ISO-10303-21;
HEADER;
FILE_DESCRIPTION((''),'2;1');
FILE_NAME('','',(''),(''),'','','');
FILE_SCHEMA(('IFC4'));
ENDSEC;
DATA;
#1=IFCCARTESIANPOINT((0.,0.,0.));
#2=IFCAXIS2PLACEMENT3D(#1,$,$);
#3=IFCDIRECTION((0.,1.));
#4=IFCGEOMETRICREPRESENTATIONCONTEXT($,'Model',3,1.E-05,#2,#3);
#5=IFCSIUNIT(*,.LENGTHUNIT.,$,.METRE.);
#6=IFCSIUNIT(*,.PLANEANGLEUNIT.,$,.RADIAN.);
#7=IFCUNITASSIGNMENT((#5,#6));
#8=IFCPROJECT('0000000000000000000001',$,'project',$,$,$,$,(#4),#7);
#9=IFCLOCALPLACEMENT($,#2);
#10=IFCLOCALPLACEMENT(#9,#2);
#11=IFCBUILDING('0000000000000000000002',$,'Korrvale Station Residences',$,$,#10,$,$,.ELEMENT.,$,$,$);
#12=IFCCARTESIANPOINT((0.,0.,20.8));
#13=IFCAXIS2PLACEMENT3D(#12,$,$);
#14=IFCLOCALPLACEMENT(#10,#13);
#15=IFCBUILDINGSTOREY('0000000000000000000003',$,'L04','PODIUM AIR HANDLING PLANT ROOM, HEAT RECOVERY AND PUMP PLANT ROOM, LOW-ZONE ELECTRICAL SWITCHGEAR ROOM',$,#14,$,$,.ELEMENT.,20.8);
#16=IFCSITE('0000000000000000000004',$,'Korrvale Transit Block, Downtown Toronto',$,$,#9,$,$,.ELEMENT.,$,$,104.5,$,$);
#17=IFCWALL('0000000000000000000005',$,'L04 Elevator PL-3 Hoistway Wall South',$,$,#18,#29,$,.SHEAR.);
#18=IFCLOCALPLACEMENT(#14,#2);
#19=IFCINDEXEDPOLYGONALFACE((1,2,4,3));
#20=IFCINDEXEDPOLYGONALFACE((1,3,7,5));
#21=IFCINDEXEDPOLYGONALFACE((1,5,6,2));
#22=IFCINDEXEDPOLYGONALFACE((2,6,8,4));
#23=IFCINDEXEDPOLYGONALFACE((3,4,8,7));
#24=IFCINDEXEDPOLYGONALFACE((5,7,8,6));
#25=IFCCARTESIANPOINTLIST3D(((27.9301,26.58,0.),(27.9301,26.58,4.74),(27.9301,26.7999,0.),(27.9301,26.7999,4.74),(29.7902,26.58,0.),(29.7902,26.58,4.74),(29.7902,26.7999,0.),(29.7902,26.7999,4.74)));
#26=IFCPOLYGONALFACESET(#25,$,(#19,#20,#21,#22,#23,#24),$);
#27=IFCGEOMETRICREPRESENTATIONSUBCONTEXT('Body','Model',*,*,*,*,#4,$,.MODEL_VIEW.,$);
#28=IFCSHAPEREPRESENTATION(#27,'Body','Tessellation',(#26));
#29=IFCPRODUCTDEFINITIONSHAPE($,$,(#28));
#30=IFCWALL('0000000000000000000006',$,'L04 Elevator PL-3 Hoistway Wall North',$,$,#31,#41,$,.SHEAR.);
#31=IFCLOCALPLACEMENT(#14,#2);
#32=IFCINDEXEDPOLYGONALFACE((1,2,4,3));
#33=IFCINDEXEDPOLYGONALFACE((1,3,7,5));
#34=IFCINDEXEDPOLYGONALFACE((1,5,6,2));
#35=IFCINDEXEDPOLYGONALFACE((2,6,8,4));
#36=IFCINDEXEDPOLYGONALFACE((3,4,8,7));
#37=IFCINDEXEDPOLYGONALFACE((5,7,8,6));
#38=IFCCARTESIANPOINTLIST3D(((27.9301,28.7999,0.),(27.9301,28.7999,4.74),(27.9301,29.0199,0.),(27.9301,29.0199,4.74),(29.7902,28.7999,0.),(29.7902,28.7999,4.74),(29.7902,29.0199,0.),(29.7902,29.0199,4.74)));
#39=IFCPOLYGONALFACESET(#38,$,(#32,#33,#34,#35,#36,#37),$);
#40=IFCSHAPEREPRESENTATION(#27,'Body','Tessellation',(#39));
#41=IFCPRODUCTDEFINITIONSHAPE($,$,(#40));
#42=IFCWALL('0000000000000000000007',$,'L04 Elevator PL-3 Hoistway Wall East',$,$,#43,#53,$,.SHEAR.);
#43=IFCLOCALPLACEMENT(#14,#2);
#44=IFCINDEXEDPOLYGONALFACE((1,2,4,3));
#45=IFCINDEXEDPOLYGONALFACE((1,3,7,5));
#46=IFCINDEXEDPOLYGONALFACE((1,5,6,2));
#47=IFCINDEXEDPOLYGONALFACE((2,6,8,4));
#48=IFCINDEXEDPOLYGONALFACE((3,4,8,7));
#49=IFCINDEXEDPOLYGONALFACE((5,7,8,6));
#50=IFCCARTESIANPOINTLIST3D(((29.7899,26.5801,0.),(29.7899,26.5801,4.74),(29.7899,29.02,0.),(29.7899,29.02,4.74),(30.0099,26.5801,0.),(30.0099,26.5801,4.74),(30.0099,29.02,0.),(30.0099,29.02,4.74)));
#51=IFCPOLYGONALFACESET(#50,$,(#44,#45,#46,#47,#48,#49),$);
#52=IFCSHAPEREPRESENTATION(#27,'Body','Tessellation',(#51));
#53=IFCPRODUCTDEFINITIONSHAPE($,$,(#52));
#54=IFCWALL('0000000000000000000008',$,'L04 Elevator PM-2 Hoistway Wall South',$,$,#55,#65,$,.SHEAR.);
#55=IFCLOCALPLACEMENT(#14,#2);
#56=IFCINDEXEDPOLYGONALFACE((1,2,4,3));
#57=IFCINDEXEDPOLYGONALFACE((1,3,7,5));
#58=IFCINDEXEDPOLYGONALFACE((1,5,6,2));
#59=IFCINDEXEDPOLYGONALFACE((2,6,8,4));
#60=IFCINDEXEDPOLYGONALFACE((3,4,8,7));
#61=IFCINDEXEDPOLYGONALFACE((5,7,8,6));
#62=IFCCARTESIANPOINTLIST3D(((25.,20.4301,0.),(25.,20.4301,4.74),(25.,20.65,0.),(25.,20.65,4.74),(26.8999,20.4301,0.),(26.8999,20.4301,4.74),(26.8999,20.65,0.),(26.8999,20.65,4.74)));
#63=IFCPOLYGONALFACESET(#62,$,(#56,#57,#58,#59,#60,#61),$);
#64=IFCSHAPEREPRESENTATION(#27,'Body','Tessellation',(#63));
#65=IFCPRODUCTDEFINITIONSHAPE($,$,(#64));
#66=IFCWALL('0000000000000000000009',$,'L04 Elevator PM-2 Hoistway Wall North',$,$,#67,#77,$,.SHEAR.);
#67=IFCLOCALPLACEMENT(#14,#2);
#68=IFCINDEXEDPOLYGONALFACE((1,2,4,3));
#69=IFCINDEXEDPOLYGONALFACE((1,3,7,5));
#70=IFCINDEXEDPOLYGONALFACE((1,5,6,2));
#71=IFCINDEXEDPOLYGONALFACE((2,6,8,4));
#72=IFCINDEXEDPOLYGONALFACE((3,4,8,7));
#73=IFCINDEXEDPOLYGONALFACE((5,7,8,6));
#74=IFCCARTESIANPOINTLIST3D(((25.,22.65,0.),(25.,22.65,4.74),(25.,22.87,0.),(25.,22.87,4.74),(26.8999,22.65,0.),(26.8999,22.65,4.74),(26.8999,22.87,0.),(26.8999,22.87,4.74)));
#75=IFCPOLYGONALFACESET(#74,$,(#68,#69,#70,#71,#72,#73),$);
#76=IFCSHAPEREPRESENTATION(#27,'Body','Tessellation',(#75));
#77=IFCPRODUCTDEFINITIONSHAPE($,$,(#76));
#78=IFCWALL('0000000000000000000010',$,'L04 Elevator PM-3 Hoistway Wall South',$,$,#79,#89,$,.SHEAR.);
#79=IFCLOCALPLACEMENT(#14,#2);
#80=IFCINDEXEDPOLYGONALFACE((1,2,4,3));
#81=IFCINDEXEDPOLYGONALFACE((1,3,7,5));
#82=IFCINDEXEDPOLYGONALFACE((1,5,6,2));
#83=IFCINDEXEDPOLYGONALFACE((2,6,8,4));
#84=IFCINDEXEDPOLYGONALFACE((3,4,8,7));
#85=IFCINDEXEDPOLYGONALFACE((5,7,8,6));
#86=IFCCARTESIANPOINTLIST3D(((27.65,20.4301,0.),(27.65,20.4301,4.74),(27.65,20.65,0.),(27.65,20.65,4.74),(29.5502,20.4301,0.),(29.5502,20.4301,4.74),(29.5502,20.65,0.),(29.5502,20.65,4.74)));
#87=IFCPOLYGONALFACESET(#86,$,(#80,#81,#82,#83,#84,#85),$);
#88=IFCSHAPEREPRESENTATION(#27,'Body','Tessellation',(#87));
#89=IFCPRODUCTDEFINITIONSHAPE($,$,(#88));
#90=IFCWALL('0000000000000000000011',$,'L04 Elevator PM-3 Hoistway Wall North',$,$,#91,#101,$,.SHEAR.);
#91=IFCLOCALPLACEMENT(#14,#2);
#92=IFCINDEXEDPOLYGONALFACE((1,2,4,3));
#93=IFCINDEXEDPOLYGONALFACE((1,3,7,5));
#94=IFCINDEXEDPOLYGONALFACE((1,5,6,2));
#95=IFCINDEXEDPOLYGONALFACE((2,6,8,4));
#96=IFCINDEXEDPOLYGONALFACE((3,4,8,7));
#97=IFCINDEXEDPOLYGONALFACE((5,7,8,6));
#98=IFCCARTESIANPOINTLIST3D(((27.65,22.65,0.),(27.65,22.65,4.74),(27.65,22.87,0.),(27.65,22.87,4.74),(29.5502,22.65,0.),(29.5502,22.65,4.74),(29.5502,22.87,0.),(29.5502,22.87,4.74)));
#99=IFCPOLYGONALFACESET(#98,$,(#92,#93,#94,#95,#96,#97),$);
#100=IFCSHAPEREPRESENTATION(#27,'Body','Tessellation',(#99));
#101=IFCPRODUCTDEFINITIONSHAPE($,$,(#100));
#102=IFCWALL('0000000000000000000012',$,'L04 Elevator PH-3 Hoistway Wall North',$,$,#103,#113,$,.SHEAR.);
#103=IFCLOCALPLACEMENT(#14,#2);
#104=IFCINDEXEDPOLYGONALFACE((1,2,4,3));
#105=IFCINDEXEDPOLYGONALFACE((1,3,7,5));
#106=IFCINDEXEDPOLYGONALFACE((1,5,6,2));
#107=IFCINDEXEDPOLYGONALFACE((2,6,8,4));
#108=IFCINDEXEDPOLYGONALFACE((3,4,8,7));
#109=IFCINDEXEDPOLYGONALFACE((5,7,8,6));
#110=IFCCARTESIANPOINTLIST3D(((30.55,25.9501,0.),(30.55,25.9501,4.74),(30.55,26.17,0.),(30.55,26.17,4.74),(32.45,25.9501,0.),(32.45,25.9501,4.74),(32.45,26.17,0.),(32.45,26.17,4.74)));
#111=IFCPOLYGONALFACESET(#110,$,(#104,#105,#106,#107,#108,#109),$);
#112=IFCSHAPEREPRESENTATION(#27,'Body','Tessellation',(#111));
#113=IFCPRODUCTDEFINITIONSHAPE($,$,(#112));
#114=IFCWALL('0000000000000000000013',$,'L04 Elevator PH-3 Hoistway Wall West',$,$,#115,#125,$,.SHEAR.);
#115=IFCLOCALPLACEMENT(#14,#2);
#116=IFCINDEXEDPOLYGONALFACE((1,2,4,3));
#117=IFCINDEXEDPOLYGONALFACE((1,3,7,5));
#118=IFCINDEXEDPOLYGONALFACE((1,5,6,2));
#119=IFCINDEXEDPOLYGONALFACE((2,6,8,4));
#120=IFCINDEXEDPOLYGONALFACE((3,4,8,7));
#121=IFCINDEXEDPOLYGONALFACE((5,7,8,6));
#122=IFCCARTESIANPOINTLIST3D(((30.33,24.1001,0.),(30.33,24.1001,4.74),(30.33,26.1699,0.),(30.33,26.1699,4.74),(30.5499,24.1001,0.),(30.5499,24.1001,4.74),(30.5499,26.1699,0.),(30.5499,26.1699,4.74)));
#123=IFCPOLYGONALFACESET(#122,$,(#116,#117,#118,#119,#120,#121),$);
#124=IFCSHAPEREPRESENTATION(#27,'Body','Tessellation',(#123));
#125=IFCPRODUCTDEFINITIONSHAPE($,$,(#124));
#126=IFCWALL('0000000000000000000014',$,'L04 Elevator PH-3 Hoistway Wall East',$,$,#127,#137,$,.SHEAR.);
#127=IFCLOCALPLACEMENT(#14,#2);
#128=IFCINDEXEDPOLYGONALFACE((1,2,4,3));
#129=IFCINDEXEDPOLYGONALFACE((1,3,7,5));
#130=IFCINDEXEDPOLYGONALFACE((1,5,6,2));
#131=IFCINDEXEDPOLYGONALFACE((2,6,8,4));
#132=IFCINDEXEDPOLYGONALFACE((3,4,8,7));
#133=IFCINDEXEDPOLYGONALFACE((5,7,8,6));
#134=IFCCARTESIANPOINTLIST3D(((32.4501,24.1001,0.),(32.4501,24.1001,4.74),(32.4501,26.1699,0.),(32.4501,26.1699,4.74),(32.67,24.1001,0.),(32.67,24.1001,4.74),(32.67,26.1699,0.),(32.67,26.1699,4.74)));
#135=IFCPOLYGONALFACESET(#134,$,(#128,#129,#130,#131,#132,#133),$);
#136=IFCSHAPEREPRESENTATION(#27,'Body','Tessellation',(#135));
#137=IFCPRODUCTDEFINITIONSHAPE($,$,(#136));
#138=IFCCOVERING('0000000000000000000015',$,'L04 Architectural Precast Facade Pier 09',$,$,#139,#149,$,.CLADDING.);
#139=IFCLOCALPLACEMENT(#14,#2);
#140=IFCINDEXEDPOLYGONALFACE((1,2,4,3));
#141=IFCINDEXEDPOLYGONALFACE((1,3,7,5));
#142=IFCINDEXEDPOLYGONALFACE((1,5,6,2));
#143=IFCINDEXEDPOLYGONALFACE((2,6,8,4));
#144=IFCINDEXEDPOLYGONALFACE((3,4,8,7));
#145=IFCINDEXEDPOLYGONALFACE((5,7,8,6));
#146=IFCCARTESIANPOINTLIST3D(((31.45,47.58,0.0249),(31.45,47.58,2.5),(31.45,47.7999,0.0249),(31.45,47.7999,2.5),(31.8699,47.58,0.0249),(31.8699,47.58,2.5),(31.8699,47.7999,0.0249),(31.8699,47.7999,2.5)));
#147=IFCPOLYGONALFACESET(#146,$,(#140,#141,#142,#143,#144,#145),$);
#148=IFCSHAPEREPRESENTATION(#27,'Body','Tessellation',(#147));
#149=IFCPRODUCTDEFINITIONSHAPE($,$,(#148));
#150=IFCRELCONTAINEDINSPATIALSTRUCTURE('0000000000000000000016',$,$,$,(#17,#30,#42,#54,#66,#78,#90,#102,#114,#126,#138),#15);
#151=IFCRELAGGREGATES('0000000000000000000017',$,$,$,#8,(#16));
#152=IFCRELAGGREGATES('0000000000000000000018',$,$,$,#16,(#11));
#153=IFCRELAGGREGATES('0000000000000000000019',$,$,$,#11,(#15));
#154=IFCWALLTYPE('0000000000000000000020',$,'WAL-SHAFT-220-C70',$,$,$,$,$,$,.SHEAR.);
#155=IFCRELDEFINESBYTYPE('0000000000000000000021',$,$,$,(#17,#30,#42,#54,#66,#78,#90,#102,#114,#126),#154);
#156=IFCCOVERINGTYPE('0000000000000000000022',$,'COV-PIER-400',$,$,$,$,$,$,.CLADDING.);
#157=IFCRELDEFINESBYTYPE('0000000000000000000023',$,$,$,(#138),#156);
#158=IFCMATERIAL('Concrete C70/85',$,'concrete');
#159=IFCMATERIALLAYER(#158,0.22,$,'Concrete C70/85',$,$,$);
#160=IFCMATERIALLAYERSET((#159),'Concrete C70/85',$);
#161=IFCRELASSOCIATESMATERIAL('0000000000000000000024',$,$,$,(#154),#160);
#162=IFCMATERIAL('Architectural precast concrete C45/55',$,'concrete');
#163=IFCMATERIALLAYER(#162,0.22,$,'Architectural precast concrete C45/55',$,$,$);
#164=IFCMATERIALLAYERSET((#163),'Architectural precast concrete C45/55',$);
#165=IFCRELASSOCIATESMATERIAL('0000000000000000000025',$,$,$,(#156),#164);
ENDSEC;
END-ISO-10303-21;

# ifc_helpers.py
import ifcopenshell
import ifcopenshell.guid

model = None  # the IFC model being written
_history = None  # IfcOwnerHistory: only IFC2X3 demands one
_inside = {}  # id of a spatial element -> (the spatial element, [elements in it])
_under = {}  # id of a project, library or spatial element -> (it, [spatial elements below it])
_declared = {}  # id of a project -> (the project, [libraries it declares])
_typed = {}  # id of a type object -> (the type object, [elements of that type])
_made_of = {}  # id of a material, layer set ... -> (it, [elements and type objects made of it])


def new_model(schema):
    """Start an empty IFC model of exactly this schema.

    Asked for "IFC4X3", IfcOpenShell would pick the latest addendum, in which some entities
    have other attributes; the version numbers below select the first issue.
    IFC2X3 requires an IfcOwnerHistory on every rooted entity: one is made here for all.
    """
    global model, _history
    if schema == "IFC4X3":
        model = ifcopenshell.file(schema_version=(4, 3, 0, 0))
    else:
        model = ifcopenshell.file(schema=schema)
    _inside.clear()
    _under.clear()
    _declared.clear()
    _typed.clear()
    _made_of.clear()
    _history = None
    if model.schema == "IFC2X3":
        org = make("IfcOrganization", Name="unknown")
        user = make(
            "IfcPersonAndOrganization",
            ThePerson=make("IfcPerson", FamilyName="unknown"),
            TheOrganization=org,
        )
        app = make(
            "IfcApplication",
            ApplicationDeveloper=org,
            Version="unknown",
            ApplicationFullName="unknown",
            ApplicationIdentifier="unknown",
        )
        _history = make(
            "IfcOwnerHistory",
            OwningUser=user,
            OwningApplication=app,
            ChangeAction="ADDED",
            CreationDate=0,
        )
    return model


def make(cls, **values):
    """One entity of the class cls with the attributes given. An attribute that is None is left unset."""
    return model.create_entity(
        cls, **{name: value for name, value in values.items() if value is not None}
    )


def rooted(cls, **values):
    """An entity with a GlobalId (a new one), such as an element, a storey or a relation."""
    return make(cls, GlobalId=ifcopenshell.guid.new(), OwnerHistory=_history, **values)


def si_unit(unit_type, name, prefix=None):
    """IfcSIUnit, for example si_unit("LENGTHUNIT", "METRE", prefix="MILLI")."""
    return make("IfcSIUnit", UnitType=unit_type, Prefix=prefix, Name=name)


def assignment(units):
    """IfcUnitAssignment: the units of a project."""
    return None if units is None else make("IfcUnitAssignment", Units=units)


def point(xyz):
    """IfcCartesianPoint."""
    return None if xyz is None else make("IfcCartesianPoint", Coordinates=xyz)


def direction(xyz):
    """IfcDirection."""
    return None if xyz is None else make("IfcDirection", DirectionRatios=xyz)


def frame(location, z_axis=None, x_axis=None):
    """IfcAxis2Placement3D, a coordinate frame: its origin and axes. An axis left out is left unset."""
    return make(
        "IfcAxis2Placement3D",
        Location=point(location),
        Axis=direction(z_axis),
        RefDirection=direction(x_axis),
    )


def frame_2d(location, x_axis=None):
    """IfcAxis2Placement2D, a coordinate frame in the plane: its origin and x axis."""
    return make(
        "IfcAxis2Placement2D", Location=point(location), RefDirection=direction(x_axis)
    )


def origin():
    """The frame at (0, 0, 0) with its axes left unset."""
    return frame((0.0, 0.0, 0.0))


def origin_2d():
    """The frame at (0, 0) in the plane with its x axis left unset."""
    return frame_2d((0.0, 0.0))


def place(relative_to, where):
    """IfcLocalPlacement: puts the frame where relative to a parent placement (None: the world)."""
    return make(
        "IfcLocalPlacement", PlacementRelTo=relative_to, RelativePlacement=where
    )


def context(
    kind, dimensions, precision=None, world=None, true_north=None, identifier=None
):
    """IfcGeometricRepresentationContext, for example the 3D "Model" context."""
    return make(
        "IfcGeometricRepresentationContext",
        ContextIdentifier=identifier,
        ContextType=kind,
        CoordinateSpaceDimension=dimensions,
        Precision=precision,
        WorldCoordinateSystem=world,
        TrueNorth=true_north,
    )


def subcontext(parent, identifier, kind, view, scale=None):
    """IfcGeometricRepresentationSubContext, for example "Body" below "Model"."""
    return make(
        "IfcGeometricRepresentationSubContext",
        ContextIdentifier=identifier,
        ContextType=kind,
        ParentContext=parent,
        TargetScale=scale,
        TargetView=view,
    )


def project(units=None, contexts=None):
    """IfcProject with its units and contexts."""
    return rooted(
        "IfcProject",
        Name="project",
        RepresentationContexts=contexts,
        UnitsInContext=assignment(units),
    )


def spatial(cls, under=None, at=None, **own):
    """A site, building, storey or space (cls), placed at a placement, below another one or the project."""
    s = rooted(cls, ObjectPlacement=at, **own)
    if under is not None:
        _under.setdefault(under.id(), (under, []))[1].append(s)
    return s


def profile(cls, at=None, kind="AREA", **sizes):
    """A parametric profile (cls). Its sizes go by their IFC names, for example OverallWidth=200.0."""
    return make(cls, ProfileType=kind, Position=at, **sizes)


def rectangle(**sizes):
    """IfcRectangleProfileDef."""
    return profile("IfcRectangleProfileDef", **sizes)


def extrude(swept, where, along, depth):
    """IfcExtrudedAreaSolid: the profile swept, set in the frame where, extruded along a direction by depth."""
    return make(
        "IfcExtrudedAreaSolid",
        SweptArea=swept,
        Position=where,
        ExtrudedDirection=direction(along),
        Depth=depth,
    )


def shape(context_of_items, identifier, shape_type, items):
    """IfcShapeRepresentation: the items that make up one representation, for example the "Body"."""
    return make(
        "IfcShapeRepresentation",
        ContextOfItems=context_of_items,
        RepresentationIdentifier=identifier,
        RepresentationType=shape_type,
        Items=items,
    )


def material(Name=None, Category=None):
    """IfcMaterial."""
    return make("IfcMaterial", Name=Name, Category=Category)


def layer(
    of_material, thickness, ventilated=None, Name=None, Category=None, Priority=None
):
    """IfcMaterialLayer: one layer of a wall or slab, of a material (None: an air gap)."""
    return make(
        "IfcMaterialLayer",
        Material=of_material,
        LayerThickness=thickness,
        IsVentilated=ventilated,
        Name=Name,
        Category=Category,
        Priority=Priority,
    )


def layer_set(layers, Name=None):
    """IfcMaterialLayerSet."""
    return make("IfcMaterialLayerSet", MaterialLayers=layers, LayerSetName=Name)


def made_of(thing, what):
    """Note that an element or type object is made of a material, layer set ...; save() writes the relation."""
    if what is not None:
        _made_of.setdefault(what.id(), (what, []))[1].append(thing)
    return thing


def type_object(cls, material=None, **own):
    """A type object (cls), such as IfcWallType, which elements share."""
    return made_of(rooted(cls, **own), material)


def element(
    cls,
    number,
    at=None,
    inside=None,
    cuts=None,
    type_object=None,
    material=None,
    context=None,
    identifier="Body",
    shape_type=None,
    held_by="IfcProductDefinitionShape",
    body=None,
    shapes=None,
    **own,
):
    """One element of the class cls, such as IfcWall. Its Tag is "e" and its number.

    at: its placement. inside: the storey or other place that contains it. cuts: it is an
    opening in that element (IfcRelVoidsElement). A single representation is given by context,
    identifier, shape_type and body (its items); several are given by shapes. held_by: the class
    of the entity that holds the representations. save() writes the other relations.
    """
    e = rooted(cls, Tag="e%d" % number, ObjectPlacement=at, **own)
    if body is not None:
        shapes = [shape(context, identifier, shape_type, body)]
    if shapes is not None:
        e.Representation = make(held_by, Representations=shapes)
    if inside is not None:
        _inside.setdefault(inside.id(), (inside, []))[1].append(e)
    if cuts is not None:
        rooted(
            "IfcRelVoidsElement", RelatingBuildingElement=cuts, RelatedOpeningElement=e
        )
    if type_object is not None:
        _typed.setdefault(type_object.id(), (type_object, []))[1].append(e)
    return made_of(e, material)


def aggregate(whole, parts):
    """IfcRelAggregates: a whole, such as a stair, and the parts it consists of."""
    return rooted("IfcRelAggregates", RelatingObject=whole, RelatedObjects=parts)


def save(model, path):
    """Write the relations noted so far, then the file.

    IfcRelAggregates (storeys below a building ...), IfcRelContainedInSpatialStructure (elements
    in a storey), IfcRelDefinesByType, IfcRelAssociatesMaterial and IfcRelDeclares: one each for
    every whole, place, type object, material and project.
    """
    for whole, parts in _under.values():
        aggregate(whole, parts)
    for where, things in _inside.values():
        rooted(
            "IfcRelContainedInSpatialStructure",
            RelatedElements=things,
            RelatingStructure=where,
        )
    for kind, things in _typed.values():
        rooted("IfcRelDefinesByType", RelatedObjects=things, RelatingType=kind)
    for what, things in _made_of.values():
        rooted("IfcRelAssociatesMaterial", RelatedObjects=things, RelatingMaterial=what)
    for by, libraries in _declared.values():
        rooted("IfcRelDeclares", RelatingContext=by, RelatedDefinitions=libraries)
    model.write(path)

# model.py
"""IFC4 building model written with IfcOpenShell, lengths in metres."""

from ifc_helpers import new_model, si_unit, direction, frame, frame_2d, origin, origin_2d, place, context, subcontext, project, spatial, rectangle, extrude, material, layer, layer_set, type_object, element, save


model = new_model("IFC4")

# Units and contexts
model_context = context("Model", 3, precision=1e-05, world=origin(), true_north=direction((0.0, 1.0)))
body_context = subcontext(model_context, "Body", "Model", "MODEL_VIEW")
ifc_project = project(units=[si_unit("LENGTHUNIT", "METRE"), si_unit("PLANEANGLEUNIT", "RADIAN")], contexts=[model_context])

# Site, building, storey
site_placement = place(None, origin())
site = spatial("IfcSite", under=ifc_project, at=site_placement, Name="Korrvale Transit Block, Downtown Toronto", CompositionType="ELEMENT", RefElevation=104.5)
building_placement = place(site_placement, origin())
building = spatial("IfcBuilding", under=site, at=building_placement, Name="Korrvale Station Residences", CompositionType="ELEMENT")
storey_placement = place(building_placement, frame((0.0, 0.0, 20.8)))
storey = spatial("IfcBuildingStorey", under=building, at=storey_placement, Name="L04", Description="PODIUM AIR HANDLING PLANT ROOM, HEAT RECOVERY AND PUMP PLANT ROOM, LOW-ZONE ELECTRICAL SWITCHGEAR ROOM", CompositionType="ELEMENT", Elevation=20.8)

# Shared definitions
ifc_material_1 = material(Name="Concrete C70/85", Category="concrete")

# Walls
ifc_layer_1 = layer(ifc_material_1, 0.22, Name="Concrete C70/85")
ifc_layer_set_1 = layer_set([ifc_layer_1], Name="Concrete C70/85")
wall_type_1 = type_object("IfcWallType", Name="WAL-SHAFT-220-C70", PredefinedType="SHEAR", material=ifc_layer_set_1)
for number, where, z_axis, x_axis, name in (
    (1, (27.9299, 26.6899, 0.0), (0.0, 0.0, 1.0), (1.0, 0.0, 0.0), "L04 Elevator PL-3 Hoistway Wall South"),
    (2, (27.9299, 28.9099, 0.0), (0.0, 0.0, 1.0), (1.0, 0.0, 0.0), "L04 Elevator PL-3 Hoistway Wall North"),
):
    element("IfcWall", number, at=place(storey_placement, frame(where, z_axis=z_axis, x_axis=x_axis)), inside=storey, type_object=wall_type_1, Name=name, PredefinedType="SHEAR", context=body_context, shape_type="SweptSolid", body=[
        extrude(rectangle(XDim=1.8601, YDim=0.22, at=frame_2d((0.9302, 0.0))), origin(), (0.0, 0.0, 1.0), 4.74),
    ])
wall_1_placement = place(storey_placement, frame((29.8999, 26.5801, 0.0), z_axis=(0.0, 0.0, 1.0), x_axis=(0.0, 1.0, 0.0)))
element("IfcWall", 3, at=wall_1_placement, inside=storey, type_object=wall_type_1, Name="L04 Elevator PL-3 Hoistway Wall East", PredefinedType="SHEAR", context=body_context, shape_type="SweptSolid", body=[
    extrude(rectangle(XDim=2.4399, YDim=0.22, at=frame_2d((1.22, 0.0))), origin(), (0.0, 0.0, 1.0), 4.74),
])
for number, where, z_axis, x_axis, name in (
    (4, (25.0, 20.54, 0.0), (0.0, 0.0, 1.0), (1.0, 0.0, 0.0), "L04 Elevator PM-2 Hoistway Wall South"),
    (5, (25.0, 22.76, 0.0), (0.0, 0.0, 1.0), (1.0, 0.0, 0.0), "L04 Elevator PM-2 Hoistway Wall North"),
):
    element("IfcWall", number, at=place(storey_placement, frame(where, z_axis=z_axis, x_axis=x_axis)), inside=storey, type_object=wall_type_1, Name=name, PredefinedType="SHEAR", context=body_context, shape_type="SweptSolid", body=[
        extrude(rectangle(XDim=1.8999, YDim=0.22, at=frame_2d((0.95, 0.0))), origin(), (0.0, 0.0, 1.0), 4.74),
    ])
for number, where, z_axis, x_axis, name in (
    (6, (27.6499, 20.54, 0.0), (0.0, 0.0, 1.0), (1.0, 0.0, 0.0), "L04 Elevator PM-3 Hoistway Wall South"),
    (7, (27.6499, 22.76, 0.0), (0.0, 0.0, 1.0), (1.0, 0.0, 0.0), "L04 Elevator PM-3 Hoistway Wall North"),
):
    element("IfcWall", number, at=place(storey_placement, frame(where, z_axis=z_axis, x_axis=x_axis)), inside=storey, type_object=wall_type_1, Name=name, PredefinedType="SHEAR", context=body_context, shape_type="SweptSolid", body=[
        extrude(rectangle(XDim=1.9001, YDim=0.22, at=frame_2d((0.9502, 0.0))), origin(), (0.0, 0.0, 1.0), 4.74),
    ])
wall_2_placement = place(storey_placement, frame((30.55, 26.0601, 0.0), z_axis=(0.0, 0.0, 1.0), x_axis=(1.0, 0.0, 0.0)))
element("IfcWall", 8, at=wall_2_placement, inside=storey, type_object=wall_type_1, Name="L04 Elevator PH-3 Hoistway Wall North", PredefinedType="SHEAR", context=body_context, shape_type="SweptSolid", body=[
    extrude(rectangle(XDim=1.8999, YDim=0.22, at=frame_2d((0.95, 0.0))), origin(), (0.0, 0.0, 1.0), 4.74),
])
for number, where, z_axis, x_axis, name in (
    (9, (30.4399, 24.1001, 0.0), (0.0, 0.0, 1.0), (0.0, 1.0, 0.0), "L04 Elevator PH-3 Hoistway Wall West"),
    (10, (32.5601, 24.1001, 0.0), (0.0, 0.0, 1.0), (0.0, 1.0, 0.0), "L04 Elevator PH-3 Hoistway Wall East"),
):
    element("IfcWall", number, at=place(storey_placement, frame(where, z_axis=z_axis, x_axis=x_axis)), inside=storey, type_object=wall_type_1, Name=name, PredefinedType="SHEAR", context=body_context, shape_type="SweptSolid", body=[
        extrude(rectangle(XDim=2.0698, YDim=0.22, at=frame_2d((1.0349, 0.0))), origin(), (0.0, 0.0, 1.0), 4.74),
    ])

# Covering
ifc_material_2 = material(Name="Architectural precast concrete C45/55", Category="concrete")
ifc_layer_2 = layer(ifc_material_2, 0.22, Name="Architectural precast concrete C45/55")
ifc_layer_set_2 = layer_set([ifc_layer_2], Name="Architectural precast concrete C45/55")
covering_type = type_object("IfcCoveringType", Name="COV-PIER-400", PredefinedType="CLADDING", material=ifc_layer_set_2)
covering_placement = place(storey_placement, frame((31.6599, 47.6899, 0.0249), z_axis=(0.0, 0.0, 1.0), x_axis=(1.0, 0.0, 0.0)))
element("IfcCovering", 11, at=covering_placement, inside=storey, type_object=covering_type, Name="L04 Architectural Precast Facade Pier 09", PredefinedType="CLADDING", context=body_context, shape_type="SweptSolid", body=[
    extrude(rectangle(XDim=0.4199, YDim=0.22, at=origin_2d()), origin(), (0.0, 0.0, 1.0), 2.4751),
])

save(model, "model.ifc")
